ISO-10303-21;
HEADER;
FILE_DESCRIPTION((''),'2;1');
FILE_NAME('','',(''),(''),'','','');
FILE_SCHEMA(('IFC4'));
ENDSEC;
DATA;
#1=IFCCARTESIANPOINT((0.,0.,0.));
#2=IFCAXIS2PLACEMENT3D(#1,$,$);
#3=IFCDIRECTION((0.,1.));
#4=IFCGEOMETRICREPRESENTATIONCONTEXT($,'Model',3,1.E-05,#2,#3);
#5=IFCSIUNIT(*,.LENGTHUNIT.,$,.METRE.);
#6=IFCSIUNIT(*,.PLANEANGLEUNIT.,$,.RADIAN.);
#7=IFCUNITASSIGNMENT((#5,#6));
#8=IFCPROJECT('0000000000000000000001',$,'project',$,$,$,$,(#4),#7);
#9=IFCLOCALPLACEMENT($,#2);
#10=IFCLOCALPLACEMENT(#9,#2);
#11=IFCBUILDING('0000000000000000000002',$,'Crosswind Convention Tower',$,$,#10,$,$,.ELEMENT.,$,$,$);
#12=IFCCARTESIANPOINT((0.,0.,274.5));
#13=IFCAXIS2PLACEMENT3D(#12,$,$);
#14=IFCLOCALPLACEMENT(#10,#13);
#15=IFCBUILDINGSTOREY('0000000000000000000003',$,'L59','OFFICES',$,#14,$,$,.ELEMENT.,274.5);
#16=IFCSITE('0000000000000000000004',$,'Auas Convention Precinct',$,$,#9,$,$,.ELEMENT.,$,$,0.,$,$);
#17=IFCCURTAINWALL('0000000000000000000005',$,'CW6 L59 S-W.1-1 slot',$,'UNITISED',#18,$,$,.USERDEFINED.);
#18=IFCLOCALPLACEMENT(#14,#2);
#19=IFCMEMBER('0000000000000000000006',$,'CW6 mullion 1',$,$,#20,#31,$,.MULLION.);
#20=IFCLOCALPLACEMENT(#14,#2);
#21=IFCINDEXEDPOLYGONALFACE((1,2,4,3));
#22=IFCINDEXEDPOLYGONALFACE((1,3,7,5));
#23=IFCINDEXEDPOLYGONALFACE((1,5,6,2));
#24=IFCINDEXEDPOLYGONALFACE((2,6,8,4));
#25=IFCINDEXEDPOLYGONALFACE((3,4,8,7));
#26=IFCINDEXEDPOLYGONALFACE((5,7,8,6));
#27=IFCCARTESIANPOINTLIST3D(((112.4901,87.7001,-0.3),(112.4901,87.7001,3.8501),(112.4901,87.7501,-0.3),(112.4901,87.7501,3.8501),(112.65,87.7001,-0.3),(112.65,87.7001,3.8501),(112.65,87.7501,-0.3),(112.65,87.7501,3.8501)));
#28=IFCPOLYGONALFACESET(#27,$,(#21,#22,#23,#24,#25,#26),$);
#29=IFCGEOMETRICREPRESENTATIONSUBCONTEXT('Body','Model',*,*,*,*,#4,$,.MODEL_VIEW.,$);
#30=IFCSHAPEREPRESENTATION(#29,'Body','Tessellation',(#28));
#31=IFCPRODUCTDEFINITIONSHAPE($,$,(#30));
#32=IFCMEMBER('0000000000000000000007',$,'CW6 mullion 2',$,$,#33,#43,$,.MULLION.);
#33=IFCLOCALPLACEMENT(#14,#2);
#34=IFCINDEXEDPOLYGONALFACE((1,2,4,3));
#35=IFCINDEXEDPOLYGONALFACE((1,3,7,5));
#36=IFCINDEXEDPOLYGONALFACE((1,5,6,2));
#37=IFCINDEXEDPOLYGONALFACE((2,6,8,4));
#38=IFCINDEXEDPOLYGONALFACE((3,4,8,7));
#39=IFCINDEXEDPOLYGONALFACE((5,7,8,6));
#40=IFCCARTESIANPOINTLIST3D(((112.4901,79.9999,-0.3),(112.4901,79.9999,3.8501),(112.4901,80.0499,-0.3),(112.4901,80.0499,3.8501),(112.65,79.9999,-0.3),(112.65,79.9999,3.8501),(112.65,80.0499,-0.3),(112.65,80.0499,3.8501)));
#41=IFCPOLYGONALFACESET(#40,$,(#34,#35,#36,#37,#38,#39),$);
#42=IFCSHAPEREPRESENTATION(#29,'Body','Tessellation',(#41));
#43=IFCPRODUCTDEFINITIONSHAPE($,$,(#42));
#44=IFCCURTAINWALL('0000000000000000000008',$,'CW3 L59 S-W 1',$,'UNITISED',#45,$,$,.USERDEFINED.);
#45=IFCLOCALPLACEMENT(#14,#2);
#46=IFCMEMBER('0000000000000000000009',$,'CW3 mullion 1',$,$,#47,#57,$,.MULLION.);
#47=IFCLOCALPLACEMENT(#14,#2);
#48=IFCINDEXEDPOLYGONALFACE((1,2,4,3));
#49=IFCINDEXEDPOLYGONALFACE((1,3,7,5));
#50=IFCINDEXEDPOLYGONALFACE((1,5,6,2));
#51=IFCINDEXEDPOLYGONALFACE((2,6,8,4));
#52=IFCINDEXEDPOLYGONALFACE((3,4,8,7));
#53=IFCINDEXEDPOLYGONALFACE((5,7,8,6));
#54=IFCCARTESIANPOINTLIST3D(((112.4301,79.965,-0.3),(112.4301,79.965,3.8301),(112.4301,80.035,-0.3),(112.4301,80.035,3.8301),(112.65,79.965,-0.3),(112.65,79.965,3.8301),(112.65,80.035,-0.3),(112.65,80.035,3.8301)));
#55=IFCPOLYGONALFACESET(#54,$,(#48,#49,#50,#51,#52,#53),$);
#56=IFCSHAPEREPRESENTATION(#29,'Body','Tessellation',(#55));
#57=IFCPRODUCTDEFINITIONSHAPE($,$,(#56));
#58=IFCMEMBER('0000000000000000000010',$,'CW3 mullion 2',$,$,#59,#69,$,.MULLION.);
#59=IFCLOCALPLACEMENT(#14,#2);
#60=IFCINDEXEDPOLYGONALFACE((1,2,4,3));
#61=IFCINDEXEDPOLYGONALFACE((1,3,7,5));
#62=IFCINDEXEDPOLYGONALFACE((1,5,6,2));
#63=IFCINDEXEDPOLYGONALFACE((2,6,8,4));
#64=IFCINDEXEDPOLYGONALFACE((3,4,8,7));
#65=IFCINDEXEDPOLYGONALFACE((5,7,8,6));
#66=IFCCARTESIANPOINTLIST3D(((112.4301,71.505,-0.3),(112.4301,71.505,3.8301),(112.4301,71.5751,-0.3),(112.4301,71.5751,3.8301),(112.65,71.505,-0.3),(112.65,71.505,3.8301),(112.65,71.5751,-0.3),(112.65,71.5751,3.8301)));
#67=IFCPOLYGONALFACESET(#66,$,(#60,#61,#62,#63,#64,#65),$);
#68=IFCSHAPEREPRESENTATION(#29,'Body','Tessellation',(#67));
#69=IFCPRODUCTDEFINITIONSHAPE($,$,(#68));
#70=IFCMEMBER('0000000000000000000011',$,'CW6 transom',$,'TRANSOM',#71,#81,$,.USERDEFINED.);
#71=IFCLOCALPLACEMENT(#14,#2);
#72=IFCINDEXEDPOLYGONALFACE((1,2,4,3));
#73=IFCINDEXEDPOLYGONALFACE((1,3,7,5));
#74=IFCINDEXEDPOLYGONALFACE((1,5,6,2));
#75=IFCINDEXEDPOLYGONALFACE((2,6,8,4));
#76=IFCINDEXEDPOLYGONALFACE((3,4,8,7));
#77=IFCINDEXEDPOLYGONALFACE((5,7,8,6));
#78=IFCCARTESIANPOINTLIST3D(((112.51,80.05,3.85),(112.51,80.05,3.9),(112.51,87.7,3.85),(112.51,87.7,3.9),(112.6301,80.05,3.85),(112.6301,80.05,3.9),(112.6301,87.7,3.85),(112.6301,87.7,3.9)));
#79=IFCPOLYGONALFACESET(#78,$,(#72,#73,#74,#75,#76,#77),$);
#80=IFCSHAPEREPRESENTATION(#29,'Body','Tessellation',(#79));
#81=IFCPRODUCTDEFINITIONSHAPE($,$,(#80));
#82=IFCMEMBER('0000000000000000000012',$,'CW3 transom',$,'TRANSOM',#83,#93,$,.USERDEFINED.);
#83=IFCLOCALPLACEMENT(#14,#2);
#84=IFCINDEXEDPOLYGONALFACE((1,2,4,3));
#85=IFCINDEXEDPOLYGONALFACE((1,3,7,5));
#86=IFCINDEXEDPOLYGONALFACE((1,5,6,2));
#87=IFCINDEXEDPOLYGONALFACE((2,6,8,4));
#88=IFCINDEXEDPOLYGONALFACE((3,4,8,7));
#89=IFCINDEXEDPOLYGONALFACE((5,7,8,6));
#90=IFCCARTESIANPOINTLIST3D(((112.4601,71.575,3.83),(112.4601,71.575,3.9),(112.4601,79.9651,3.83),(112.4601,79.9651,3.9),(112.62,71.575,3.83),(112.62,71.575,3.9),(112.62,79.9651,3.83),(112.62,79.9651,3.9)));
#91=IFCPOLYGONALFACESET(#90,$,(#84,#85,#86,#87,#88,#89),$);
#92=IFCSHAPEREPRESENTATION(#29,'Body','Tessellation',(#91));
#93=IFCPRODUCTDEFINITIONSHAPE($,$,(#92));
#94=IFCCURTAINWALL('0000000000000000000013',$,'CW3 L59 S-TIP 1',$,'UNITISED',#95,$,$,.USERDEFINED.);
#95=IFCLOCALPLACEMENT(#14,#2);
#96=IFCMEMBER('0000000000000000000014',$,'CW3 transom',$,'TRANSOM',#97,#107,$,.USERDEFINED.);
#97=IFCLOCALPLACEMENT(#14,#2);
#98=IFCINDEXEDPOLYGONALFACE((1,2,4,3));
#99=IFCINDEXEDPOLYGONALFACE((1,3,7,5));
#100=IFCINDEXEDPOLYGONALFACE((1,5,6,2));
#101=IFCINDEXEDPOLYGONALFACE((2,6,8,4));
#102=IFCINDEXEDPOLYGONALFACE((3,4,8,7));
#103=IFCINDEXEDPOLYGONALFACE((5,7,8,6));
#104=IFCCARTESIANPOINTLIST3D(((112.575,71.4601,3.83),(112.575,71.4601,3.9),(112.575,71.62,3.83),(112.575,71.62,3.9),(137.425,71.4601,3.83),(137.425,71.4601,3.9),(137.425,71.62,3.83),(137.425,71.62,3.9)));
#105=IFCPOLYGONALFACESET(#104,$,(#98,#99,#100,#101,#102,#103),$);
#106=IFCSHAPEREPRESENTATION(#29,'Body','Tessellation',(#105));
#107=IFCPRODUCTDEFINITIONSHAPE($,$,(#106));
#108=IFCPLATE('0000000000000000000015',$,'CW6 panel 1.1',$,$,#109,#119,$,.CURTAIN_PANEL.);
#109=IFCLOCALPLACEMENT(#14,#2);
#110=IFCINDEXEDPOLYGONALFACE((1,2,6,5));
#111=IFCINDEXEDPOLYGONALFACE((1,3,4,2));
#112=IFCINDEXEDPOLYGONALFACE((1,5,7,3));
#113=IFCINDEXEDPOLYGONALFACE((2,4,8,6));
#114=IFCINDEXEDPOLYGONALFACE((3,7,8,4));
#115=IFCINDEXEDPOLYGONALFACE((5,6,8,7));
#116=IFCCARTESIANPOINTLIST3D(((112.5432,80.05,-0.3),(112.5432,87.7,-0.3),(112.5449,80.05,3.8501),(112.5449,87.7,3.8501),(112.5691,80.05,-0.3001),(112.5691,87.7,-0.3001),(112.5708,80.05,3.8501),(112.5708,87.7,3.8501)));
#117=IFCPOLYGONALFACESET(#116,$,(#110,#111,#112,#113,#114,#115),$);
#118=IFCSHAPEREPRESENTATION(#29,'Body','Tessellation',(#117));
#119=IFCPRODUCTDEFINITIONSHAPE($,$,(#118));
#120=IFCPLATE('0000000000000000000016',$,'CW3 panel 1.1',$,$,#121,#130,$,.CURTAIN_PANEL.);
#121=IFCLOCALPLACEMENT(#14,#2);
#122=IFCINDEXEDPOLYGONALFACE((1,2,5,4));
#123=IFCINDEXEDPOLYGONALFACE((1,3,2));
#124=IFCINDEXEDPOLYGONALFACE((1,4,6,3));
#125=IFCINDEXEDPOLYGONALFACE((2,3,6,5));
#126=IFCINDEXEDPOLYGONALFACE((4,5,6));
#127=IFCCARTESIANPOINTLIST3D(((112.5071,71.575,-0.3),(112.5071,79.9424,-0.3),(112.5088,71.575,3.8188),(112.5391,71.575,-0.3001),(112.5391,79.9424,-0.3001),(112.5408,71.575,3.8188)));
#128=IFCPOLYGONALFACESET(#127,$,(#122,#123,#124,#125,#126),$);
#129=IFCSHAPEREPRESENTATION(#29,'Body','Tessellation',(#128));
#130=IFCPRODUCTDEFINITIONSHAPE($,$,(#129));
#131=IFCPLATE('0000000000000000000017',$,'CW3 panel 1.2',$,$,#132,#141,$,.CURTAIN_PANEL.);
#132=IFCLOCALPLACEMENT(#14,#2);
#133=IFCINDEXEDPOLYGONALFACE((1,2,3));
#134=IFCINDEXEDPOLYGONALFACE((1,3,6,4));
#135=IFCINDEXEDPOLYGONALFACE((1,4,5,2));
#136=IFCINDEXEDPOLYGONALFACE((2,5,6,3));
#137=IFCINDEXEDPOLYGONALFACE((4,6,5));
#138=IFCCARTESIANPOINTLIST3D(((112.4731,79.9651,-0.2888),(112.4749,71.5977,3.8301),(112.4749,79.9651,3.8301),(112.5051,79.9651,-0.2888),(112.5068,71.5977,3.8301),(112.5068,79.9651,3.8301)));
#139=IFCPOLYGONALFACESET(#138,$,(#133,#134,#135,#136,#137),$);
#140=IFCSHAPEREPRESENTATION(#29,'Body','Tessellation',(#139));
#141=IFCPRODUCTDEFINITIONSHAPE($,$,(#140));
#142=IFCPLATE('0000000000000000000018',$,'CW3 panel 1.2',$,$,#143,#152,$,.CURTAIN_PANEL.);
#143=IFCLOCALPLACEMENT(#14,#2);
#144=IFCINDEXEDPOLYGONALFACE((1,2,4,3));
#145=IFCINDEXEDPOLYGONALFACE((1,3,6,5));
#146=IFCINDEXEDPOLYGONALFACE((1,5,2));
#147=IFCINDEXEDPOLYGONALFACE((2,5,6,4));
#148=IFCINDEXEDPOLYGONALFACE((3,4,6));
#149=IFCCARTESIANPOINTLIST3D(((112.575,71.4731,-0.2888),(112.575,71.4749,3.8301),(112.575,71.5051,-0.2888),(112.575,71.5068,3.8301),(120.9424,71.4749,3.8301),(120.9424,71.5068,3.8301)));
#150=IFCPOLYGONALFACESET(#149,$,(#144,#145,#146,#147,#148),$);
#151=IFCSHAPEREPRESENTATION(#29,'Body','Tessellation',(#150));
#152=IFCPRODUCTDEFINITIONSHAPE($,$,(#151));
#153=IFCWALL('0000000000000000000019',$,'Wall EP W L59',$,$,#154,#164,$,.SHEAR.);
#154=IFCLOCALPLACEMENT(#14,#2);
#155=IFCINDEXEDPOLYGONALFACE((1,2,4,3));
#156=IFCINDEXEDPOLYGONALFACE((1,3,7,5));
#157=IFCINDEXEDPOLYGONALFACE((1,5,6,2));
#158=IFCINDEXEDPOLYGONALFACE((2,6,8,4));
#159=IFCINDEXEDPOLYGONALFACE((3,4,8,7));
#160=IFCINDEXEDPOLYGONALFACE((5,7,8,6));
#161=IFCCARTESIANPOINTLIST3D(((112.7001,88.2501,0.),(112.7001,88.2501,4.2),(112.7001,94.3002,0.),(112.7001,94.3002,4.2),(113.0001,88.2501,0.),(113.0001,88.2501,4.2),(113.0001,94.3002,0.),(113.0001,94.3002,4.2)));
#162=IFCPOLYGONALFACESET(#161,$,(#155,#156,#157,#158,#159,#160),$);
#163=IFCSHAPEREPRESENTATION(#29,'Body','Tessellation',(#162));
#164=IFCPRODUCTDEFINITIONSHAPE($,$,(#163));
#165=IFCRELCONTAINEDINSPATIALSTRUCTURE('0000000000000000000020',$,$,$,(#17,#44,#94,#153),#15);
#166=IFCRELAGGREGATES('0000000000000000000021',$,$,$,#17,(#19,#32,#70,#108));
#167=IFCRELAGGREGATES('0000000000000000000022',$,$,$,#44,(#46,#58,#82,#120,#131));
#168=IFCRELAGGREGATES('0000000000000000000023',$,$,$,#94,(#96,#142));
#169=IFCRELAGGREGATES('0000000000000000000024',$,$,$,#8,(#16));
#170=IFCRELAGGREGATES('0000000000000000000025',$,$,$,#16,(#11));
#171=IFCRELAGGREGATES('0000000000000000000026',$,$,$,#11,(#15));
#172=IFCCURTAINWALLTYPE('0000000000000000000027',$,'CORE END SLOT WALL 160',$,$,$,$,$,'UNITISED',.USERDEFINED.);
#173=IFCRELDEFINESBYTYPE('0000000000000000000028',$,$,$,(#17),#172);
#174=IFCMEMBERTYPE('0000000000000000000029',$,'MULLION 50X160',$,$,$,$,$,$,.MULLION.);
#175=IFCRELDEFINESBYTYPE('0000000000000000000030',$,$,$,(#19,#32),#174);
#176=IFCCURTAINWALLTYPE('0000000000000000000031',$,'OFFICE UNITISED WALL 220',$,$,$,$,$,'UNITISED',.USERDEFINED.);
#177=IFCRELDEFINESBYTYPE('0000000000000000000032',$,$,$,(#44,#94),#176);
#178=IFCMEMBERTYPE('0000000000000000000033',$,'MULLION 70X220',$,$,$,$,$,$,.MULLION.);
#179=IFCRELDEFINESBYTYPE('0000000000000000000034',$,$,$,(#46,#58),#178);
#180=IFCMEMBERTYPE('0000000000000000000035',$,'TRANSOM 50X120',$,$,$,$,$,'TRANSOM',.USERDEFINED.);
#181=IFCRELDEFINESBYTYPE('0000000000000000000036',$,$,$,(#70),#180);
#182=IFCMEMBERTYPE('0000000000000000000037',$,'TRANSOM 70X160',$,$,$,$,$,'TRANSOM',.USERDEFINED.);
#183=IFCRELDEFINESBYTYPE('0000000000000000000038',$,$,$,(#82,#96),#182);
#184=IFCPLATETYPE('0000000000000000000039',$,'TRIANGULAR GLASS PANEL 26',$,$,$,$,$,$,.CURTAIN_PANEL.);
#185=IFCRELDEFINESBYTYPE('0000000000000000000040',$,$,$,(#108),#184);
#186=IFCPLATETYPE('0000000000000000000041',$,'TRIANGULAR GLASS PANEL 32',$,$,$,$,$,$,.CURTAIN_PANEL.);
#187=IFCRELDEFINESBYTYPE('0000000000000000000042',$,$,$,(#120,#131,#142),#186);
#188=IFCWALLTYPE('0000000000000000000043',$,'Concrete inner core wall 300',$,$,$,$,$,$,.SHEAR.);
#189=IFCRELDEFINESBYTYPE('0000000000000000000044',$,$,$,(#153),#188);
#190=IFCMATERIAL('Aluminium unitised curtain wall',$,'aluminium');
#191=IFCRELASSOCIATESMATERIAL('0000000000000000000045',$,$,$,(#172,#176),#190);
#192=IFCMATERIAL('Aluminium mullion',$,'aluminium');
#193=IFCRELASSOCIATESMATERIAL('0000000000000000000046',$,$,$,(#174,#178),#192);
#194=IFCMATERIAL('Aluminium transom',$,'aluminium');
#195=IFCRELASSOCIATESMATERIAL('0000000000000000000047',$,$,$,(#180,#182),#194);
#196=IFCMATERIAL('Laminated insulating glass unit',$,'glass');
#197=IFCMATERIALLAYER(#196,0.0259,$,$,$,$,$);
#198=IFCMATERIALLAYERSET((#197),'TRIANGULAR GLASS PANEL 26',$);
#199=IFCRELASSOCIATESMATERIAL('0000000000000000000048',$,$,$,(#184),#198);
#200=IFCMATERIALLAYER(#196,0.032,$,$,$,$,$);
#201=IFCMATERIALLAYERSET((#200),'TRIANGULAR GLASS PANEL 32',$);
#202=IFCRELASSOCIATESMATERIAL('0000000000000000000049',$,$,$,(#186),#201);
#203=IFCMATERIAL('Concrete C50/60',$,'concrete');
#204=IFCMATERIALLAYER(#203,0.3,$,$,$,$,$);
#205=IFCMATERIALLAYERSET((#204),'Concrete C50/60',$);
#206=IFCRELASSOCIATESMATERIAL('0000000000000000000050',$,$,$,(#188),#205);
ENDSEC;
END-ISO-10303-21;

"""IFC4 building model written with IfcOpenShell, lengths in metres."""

from ifc_helpers import new_model, si_unit, direction, frame, frame_2d, origin, origin_2d, place, context, subcontext, project, spatial, polyline, rectangle, outline, extrude, material, layer, layer_set, material_profile, profile_set, type_object, element, aggregate, save


model = new_model("IFC4")

# Units and contexts
model_context = context("Model", 3, precision=1e-05, world=origin(), true_north=direction((0.0, 1.0)))
body_context = subcontext(model_context, "Body", "Model", "MODEL_VIEW")
ifc_project = project(units=[si_unit("LENGTHUNIT", "METRE"), si_unit("PLANEANGLEUNIT", "RADIAN")], contexts=[model_context])

# Site, building, storey
site_placement = place(None, origin())
site = spatial("IfcSite", under=ifc_project, at=site_placement, Name="Auas Convention Precinct", CompositionType="ELEMENT", RefElevation=0.0)
building_placement = place(site_placement, origin())
building = spatial("IfcBuilding", under=site, at=building_placement, Name="Crosswind Convention Tower", CompositionType="ELEMENT")
storey_placement = place(building_placement, frame((0.0, 0.0, 274.5)))
storey = spatial("IfcBuildingStorey", under=building, at=storey_placement, Name="L59", Description="OFFICES", CompositionType="ELEMENT", Elevation=274.5)

# Curtain walls, members
ifc_material_1 = material(Name="Aluminium unitised curtain wall", Category="aluminium")
curtain_wall_type_1 = type_object("IfcCurtainWallType", Name="CORE END SLOT WALL 160", ElementType="UNITISED", PredefinedType="USERDEFINED", material=ifc_material_1)
curtain_wall_1_placement = place(storey_placement, origin())
curtain_wall_1 = element("IfcCurtainWall", 1, at=curtain_wall_1_placement, inside=storey, type_object=curtain_wall_type_1, Name="CW6 L59 S-W.1-1 slot", ObjectType="UNITISED", PredefinedType="USERDEFINED")
ifc_material_2 = material(Name="Aluminium mullion", Category="aluminium")
ifc_material_profile_1 = material_profile(ifc_material_2, rectangle(XDim=0.1599, YDim=0.05, at=origin_2d()), Name="AL 160X50")
ifc_profile_set_1 = profile_set([ifc_material_profile_1], Name="Aluminium mullion")
member_type_1 = type_object("IfcMemberType", Name="MULLION 50X160", PredefinedType="MULLION", material=ifc_profile_set_1)
member_1_placement = place(storey_placement, frame((112.5701, 87.7251, -0.3), z_axis=(0.0, 0.0, 1.0), x_axis=(-1.0, 0.0, 0.0)))
member_1 = element("IfcMember", 2, at=member_1_placement, type_object=member_type_1, Name="CW6 mullion 1", PredefinedType="MULLION", context=body_context, shape_type="SweptSolid", body=[
    extrude(rectangle(XDim=0.1599, YDim=0.05, at=origin_2d()), origin(), (0.0, 0.0, 1.0), 4.1501),
])
member_2_placement = place(storey_placement, frame((112.5701, 80.0249, -0.3), z_axis=(0.0, 0.0, 1.0), x_axis=(-1.0, 0.0, 0.0)))
member_2 = element("IfcMember", 3, at=member_2_placement, type_object=member_type_1, Name="CW6 mullion 2", PredefinedType="MULLION", context=body_context, shape_type="SweptSolid", body=[
    extrude(rectangle(XDim=0.1599, YDim=0.05, at=origin_2d()), origin(), (0.0, 0.0, 1.0), 4.1501),
])
curtain_wall_type_2 = type_object("IfcCurtainWallType", Name="OFFICE UNITISED WALL 220", ElementType="UNITISED", PredefinedType="USERDEFINED", material=ifc_material_1)
curtain_wall_2_placement = place(storey_placement, origin())
curtain_wall_2 = element("IfcCurtainWall", 4, at=curtain_wall_2_placement, inside=storey, type_object=curtain_wall_type_2, Name="CW3 L59 S-W 1", ObjectType="UNITISED", PredefinedType="USERDEFINED")
ifc_material_profile_2 = material_profile(ifc_material_2, rectangle(XDim=0.22, YDim=0.0701, at=origin_2d()), Name="AL 220X70")
ifc_profile_set_2 = profile_set([ifc_material_profile_2], Name="Aluminium mullion")
member_type_2 = type_object("IfcMemberType", Name="MULLION 70X220", PredefinedType="MULLION", material=ifc_profile_set_2)
member_3_placement = place(storey_placement, frame((112.54, 80.0, -0.3), z_axis=(0.0, 0.0, 1.0), x_axis=(-1.0, 0.0, 0.0)))
member_3 = element("IfcMember", 5, at=member_3_placement, type_object=member_type_2, Name="CW3 mullion 1", PredefinedType="MULLION", context=body_context, shape_type="SweptSolid", body=[
    extrude(rectangle(XDim=0.22, YDim=0.0701, at=origin_2d()), origin(), (0.0, 0.0, 1.0), 4.1301),
])
member_4_placement = place(storey_placement, frame((112.54, 71.54, -0.3), z_axis=(0.0, 0.0, 1.0), x_axis=(-1.0, 0.0, 0.0)))
member_4 = element("IfcMember", 6, at=member_4_placement, type_object=member_type_2, Name="CW3 mullion 2", PredefinedType="MULLION", context=body_context, shape_type="SweptSolid", body=[
    extrude(rectangle(XDim=0.22, YDim=0.0701, at=origin_2d()), origin(), (0.0, 0.0, 1.0), 4.1301),
])

# Members
ifc_material_3 = material(Name="Aluminium transom", Category="aluminium")
ifc_material_profile_3 = material_profile(ifc_material_3, rectangle(XDim=0.1201, YDim=0.05, at=origin_2d()), Name="AL 120X50")
ifc_profile_set_3 = profile_set([ifc_material_profile_3], Name="Aluminium transom")
member_type_3 = type_object("IfcMemberType", Name="TRANSOM 50X120", ElementType="TRANSOM", PredefinedType="USERDEFINED", material=ifc_profile_set_3)
member_5_placement = place(storey_placement, frame((112.5701, 87.7, 3.875), z_axis=(0.0, -1.0, 0.0), x_axis=(1.0, 0.0, 0.0)))
member_5 = element("IfcMember", 7, at=member_5_placement, type_object=member_type_3, Name="CW6 transom", ObjectType="TRANSOM", PredefinedType="USERDEFINED", context=body_context, shape_type="SweptSolid", body=[
    extrude(rectangle(XDim=0.1201, YDim=0.05, at=origin_2d()), origin(), (0.0, 0.0, 1.0), 7.6499),
])
ifc_material_profile_4 = material_profile(ifc_material_3, rectangle(XDim=0.1599, YDim=0.0701, at=origin_2d()), Name="AL 160X70")
ifc_profile_set_4 = profile_set([ifc_material_profile_4], Name="Aluminium transom")
member_type_4 = type_object("IfcMemberType", Name="TRANSOM 70X160", ElementType="TRANSOM", PredefinedType="USERDEFINED", material=ifc_profile_set_4)
member_6_placement = place(storey_placement, frame((112.54, 79.9651, 3.865), z_axis=(0.0, -1.0, 0.0), x_axis=(1.0, 0.0, 0.0)))
member_6 = element("IfcMember", 8, at=member_6_placement, type_object=member_type_4, Name="CW3 transom", ObjectType="TRANSOM", PredefinedType="USERDEFINED", context=body_context, shape_type="SweptSolid", body=[
    extrude(rectangle(XDim=0.1599, YDim=0.0701, at=origin_2d()), origin(), (0.0, 0.0, 1.0), 8.3901),
])

# Curtain wall, member
curtain_wall_3_placement = place(storey_placement, origin())
curtain_wall_3 = element("IfcCurtainWall", 9, at=curtain_wall_3_placement, inside=storey, type_object=curtain_wall_type_2, Name="CW3 L59 S-TIP 1", ObjectType="UNITISED", PredefinedType="USERDEFINED")
member_7_placement = place(storey_placement, frame((112.575, 71.54, 3.865), z_axis=(1.0, 0.0, 0.0), x_axis=(0.0, 1.0, 0.0)))
member_7 = element("IfcMember", 10, at=member_7_placement, type_object=member_type_4, Name="CW3 transom", ObjectType="TRANSOM", PredefinedType="USERDEFINED", context=body_context, shape_type="SweptSolid", body=[
    extrude(rectangle(XDim=0.1599, YDim=0.0701, at=origin_2d()), origin(), (0.0, 0.0, 1.0), 24.8501),
])

# Plates
ifc_material_4 = material(Name="Laminated insulating glass unit", Category="glass")
ifc_layer_1 = layer(ifc_material_4, 0.0259)
ifc_layer_set_1 = layer_set([ifc_layer_1], Name="TRIANGULAR GLASS PANEL 26")
plate_type_1 = type_object("IfcPlateType", Name="TRIANGULAR GLASS PANEL 26", PredefinedType="CURTAIN_PANEL", material=ifc_layer_set_1)
plate_1_placement = place(storey_placement, frame((112.5432, 87.7, -0.3), z_axis=(-1.0, 0.0, 0.000412), x_axis=(0.0, -1.0, 0.0)))
plate_1 = element("IfcPlate", 11, at=plate_1_placement, type_object=plate_type_1, Name="CW6 panel 1.1", PredefinedType="CURTAIN_PANEL", context=body_context, shape_type="SweptSolid", body=[
    extrude(outline(polyline([(0.0, 0.0), (7.6499, 0.0), (7.6499, 4.1501), (0.0, 4.1501), (0.0, 0.0)])), origin(), (0.0, 0.0, -1.0), 0.0259),
])
aggregate(curtain_wall_1, [member_1, member_2, member_5, plate_1])
ifc_layer_2 = layer(ifc_material_4, 0.032)
ifc_layer_set_2 = layer_set([ifc_layer_2], Name="TRIANGULAR GLASS PANEL 32")
plate_type_2 = type_object("IfcPlateType", Name="TRIANGULAR GLASS PANEL 32", PredefinedType="CURTAIN_PANEL", material=ifc_layer_set_2)
plate_2_placement = place(storey_placement, frame((112.5071, 71.575, -0.3), z_axis=(-1.0, 0.0, 0.000415), x_axis=(0.000415, 0.0, 1.0)))
plate_2 = element("IfcPlate", 12, at=plate_2_placement, type_object=plate_type_2, Name="CW3 panel 1.1", PredefinedType="CURTAIN_PANEL", context=body_context, shape_type="SweptSolid", body=[
    extrude(outline(polyline([(0.0, 0.0), (4.1189, 0.0), (0.0, 8.3674), (0.0, 0.0)])), origin(), (0.0, 0.0, -1.0), 0.032),
])
plate_3_placement = place(storey_placement, frame((112.4749, 79.9651, 3.8301), z_axis=(-1.0, 0.0, 0.000415), x_axis=(-0.000415, 0.0, -1.0)))
plate_3 = element("IfcPlate", 13, at=plate_3_placement, type_object=plate_type_2, Name="CW3 panel 1.2", PredefinedType="CURTAIN_PANEL", context=body_context, shape_type="SweptSolid", body=[
    extrude(outline(polyline([(0.0, 0.0), (4.1189, 0.0), (0.0, 8.3674), (0.0, 0.0)])), origin(), (0.0, 0.0, -1.0), 0.032),
])
aggregate(curtain_wall_2, [member_3, member_4, member_6, plate_2, plate_3])
plate_4_placement = place(storey_placement, frame((112.575, 71.4749, 3.8301), z_axis=(0.0, -1.0, 0.000415), x_axis=(0.0, -0.000415, -1.0)))
plate_4 = element("IfcPlate", 14, at=plate_4_placement, type_object=plate_type_2, Name="CW3 panel 1.2", PredefinedType="CURTAIN_PANEL", context=body_context, shape_type="SweptSolid", body=[
    extrude(outline(polyline([(0.0, 0.0), (4.1189, 0.0), (0.0, 8.3674), (0.0, 0.0)])), origin(), (0.0, 0.0, -1.0), 0.032),
])

# Wall
ifc_material_5 = material(Name="Concrete C50/60", Category="concrete")
ifc_layer_3 = layer(ifc_material_5, 0.3)
ifc_layer_set_3 = layer_set([ifc_layer_3], Name="Concrete C50/60")
wall_type_1 = type_object("IfcWallType", Name="Concrete inner core wall 300", PredefinedType="SHEAR", material=ifc_layer_set_3)
wall_1_placement = place(storey_placement, frame((112.8501, 94.3, 0.0), z_axis=(0.0, 0.0, 1.0), x_axis=(0.0, -1.0, 0.0)))
element("IfcWall", 15, at=wall_1_placement, inside=storey, type_object=wall_type_1, Name="Wall EP W L59", PredefinedType="SHEAR", context=body_context, shape_type="SweptSolid", body=[
    extrude(rectangle(XDim=6.05, YDim=0.3, at=frame_2d((3.0249, 0.0))), origin(), (0.0, 0.0, 1.0), 4.2),
])

aggregate(curtain_wall_3, [member_7, plate_4])

save(model, "model.ifc")
